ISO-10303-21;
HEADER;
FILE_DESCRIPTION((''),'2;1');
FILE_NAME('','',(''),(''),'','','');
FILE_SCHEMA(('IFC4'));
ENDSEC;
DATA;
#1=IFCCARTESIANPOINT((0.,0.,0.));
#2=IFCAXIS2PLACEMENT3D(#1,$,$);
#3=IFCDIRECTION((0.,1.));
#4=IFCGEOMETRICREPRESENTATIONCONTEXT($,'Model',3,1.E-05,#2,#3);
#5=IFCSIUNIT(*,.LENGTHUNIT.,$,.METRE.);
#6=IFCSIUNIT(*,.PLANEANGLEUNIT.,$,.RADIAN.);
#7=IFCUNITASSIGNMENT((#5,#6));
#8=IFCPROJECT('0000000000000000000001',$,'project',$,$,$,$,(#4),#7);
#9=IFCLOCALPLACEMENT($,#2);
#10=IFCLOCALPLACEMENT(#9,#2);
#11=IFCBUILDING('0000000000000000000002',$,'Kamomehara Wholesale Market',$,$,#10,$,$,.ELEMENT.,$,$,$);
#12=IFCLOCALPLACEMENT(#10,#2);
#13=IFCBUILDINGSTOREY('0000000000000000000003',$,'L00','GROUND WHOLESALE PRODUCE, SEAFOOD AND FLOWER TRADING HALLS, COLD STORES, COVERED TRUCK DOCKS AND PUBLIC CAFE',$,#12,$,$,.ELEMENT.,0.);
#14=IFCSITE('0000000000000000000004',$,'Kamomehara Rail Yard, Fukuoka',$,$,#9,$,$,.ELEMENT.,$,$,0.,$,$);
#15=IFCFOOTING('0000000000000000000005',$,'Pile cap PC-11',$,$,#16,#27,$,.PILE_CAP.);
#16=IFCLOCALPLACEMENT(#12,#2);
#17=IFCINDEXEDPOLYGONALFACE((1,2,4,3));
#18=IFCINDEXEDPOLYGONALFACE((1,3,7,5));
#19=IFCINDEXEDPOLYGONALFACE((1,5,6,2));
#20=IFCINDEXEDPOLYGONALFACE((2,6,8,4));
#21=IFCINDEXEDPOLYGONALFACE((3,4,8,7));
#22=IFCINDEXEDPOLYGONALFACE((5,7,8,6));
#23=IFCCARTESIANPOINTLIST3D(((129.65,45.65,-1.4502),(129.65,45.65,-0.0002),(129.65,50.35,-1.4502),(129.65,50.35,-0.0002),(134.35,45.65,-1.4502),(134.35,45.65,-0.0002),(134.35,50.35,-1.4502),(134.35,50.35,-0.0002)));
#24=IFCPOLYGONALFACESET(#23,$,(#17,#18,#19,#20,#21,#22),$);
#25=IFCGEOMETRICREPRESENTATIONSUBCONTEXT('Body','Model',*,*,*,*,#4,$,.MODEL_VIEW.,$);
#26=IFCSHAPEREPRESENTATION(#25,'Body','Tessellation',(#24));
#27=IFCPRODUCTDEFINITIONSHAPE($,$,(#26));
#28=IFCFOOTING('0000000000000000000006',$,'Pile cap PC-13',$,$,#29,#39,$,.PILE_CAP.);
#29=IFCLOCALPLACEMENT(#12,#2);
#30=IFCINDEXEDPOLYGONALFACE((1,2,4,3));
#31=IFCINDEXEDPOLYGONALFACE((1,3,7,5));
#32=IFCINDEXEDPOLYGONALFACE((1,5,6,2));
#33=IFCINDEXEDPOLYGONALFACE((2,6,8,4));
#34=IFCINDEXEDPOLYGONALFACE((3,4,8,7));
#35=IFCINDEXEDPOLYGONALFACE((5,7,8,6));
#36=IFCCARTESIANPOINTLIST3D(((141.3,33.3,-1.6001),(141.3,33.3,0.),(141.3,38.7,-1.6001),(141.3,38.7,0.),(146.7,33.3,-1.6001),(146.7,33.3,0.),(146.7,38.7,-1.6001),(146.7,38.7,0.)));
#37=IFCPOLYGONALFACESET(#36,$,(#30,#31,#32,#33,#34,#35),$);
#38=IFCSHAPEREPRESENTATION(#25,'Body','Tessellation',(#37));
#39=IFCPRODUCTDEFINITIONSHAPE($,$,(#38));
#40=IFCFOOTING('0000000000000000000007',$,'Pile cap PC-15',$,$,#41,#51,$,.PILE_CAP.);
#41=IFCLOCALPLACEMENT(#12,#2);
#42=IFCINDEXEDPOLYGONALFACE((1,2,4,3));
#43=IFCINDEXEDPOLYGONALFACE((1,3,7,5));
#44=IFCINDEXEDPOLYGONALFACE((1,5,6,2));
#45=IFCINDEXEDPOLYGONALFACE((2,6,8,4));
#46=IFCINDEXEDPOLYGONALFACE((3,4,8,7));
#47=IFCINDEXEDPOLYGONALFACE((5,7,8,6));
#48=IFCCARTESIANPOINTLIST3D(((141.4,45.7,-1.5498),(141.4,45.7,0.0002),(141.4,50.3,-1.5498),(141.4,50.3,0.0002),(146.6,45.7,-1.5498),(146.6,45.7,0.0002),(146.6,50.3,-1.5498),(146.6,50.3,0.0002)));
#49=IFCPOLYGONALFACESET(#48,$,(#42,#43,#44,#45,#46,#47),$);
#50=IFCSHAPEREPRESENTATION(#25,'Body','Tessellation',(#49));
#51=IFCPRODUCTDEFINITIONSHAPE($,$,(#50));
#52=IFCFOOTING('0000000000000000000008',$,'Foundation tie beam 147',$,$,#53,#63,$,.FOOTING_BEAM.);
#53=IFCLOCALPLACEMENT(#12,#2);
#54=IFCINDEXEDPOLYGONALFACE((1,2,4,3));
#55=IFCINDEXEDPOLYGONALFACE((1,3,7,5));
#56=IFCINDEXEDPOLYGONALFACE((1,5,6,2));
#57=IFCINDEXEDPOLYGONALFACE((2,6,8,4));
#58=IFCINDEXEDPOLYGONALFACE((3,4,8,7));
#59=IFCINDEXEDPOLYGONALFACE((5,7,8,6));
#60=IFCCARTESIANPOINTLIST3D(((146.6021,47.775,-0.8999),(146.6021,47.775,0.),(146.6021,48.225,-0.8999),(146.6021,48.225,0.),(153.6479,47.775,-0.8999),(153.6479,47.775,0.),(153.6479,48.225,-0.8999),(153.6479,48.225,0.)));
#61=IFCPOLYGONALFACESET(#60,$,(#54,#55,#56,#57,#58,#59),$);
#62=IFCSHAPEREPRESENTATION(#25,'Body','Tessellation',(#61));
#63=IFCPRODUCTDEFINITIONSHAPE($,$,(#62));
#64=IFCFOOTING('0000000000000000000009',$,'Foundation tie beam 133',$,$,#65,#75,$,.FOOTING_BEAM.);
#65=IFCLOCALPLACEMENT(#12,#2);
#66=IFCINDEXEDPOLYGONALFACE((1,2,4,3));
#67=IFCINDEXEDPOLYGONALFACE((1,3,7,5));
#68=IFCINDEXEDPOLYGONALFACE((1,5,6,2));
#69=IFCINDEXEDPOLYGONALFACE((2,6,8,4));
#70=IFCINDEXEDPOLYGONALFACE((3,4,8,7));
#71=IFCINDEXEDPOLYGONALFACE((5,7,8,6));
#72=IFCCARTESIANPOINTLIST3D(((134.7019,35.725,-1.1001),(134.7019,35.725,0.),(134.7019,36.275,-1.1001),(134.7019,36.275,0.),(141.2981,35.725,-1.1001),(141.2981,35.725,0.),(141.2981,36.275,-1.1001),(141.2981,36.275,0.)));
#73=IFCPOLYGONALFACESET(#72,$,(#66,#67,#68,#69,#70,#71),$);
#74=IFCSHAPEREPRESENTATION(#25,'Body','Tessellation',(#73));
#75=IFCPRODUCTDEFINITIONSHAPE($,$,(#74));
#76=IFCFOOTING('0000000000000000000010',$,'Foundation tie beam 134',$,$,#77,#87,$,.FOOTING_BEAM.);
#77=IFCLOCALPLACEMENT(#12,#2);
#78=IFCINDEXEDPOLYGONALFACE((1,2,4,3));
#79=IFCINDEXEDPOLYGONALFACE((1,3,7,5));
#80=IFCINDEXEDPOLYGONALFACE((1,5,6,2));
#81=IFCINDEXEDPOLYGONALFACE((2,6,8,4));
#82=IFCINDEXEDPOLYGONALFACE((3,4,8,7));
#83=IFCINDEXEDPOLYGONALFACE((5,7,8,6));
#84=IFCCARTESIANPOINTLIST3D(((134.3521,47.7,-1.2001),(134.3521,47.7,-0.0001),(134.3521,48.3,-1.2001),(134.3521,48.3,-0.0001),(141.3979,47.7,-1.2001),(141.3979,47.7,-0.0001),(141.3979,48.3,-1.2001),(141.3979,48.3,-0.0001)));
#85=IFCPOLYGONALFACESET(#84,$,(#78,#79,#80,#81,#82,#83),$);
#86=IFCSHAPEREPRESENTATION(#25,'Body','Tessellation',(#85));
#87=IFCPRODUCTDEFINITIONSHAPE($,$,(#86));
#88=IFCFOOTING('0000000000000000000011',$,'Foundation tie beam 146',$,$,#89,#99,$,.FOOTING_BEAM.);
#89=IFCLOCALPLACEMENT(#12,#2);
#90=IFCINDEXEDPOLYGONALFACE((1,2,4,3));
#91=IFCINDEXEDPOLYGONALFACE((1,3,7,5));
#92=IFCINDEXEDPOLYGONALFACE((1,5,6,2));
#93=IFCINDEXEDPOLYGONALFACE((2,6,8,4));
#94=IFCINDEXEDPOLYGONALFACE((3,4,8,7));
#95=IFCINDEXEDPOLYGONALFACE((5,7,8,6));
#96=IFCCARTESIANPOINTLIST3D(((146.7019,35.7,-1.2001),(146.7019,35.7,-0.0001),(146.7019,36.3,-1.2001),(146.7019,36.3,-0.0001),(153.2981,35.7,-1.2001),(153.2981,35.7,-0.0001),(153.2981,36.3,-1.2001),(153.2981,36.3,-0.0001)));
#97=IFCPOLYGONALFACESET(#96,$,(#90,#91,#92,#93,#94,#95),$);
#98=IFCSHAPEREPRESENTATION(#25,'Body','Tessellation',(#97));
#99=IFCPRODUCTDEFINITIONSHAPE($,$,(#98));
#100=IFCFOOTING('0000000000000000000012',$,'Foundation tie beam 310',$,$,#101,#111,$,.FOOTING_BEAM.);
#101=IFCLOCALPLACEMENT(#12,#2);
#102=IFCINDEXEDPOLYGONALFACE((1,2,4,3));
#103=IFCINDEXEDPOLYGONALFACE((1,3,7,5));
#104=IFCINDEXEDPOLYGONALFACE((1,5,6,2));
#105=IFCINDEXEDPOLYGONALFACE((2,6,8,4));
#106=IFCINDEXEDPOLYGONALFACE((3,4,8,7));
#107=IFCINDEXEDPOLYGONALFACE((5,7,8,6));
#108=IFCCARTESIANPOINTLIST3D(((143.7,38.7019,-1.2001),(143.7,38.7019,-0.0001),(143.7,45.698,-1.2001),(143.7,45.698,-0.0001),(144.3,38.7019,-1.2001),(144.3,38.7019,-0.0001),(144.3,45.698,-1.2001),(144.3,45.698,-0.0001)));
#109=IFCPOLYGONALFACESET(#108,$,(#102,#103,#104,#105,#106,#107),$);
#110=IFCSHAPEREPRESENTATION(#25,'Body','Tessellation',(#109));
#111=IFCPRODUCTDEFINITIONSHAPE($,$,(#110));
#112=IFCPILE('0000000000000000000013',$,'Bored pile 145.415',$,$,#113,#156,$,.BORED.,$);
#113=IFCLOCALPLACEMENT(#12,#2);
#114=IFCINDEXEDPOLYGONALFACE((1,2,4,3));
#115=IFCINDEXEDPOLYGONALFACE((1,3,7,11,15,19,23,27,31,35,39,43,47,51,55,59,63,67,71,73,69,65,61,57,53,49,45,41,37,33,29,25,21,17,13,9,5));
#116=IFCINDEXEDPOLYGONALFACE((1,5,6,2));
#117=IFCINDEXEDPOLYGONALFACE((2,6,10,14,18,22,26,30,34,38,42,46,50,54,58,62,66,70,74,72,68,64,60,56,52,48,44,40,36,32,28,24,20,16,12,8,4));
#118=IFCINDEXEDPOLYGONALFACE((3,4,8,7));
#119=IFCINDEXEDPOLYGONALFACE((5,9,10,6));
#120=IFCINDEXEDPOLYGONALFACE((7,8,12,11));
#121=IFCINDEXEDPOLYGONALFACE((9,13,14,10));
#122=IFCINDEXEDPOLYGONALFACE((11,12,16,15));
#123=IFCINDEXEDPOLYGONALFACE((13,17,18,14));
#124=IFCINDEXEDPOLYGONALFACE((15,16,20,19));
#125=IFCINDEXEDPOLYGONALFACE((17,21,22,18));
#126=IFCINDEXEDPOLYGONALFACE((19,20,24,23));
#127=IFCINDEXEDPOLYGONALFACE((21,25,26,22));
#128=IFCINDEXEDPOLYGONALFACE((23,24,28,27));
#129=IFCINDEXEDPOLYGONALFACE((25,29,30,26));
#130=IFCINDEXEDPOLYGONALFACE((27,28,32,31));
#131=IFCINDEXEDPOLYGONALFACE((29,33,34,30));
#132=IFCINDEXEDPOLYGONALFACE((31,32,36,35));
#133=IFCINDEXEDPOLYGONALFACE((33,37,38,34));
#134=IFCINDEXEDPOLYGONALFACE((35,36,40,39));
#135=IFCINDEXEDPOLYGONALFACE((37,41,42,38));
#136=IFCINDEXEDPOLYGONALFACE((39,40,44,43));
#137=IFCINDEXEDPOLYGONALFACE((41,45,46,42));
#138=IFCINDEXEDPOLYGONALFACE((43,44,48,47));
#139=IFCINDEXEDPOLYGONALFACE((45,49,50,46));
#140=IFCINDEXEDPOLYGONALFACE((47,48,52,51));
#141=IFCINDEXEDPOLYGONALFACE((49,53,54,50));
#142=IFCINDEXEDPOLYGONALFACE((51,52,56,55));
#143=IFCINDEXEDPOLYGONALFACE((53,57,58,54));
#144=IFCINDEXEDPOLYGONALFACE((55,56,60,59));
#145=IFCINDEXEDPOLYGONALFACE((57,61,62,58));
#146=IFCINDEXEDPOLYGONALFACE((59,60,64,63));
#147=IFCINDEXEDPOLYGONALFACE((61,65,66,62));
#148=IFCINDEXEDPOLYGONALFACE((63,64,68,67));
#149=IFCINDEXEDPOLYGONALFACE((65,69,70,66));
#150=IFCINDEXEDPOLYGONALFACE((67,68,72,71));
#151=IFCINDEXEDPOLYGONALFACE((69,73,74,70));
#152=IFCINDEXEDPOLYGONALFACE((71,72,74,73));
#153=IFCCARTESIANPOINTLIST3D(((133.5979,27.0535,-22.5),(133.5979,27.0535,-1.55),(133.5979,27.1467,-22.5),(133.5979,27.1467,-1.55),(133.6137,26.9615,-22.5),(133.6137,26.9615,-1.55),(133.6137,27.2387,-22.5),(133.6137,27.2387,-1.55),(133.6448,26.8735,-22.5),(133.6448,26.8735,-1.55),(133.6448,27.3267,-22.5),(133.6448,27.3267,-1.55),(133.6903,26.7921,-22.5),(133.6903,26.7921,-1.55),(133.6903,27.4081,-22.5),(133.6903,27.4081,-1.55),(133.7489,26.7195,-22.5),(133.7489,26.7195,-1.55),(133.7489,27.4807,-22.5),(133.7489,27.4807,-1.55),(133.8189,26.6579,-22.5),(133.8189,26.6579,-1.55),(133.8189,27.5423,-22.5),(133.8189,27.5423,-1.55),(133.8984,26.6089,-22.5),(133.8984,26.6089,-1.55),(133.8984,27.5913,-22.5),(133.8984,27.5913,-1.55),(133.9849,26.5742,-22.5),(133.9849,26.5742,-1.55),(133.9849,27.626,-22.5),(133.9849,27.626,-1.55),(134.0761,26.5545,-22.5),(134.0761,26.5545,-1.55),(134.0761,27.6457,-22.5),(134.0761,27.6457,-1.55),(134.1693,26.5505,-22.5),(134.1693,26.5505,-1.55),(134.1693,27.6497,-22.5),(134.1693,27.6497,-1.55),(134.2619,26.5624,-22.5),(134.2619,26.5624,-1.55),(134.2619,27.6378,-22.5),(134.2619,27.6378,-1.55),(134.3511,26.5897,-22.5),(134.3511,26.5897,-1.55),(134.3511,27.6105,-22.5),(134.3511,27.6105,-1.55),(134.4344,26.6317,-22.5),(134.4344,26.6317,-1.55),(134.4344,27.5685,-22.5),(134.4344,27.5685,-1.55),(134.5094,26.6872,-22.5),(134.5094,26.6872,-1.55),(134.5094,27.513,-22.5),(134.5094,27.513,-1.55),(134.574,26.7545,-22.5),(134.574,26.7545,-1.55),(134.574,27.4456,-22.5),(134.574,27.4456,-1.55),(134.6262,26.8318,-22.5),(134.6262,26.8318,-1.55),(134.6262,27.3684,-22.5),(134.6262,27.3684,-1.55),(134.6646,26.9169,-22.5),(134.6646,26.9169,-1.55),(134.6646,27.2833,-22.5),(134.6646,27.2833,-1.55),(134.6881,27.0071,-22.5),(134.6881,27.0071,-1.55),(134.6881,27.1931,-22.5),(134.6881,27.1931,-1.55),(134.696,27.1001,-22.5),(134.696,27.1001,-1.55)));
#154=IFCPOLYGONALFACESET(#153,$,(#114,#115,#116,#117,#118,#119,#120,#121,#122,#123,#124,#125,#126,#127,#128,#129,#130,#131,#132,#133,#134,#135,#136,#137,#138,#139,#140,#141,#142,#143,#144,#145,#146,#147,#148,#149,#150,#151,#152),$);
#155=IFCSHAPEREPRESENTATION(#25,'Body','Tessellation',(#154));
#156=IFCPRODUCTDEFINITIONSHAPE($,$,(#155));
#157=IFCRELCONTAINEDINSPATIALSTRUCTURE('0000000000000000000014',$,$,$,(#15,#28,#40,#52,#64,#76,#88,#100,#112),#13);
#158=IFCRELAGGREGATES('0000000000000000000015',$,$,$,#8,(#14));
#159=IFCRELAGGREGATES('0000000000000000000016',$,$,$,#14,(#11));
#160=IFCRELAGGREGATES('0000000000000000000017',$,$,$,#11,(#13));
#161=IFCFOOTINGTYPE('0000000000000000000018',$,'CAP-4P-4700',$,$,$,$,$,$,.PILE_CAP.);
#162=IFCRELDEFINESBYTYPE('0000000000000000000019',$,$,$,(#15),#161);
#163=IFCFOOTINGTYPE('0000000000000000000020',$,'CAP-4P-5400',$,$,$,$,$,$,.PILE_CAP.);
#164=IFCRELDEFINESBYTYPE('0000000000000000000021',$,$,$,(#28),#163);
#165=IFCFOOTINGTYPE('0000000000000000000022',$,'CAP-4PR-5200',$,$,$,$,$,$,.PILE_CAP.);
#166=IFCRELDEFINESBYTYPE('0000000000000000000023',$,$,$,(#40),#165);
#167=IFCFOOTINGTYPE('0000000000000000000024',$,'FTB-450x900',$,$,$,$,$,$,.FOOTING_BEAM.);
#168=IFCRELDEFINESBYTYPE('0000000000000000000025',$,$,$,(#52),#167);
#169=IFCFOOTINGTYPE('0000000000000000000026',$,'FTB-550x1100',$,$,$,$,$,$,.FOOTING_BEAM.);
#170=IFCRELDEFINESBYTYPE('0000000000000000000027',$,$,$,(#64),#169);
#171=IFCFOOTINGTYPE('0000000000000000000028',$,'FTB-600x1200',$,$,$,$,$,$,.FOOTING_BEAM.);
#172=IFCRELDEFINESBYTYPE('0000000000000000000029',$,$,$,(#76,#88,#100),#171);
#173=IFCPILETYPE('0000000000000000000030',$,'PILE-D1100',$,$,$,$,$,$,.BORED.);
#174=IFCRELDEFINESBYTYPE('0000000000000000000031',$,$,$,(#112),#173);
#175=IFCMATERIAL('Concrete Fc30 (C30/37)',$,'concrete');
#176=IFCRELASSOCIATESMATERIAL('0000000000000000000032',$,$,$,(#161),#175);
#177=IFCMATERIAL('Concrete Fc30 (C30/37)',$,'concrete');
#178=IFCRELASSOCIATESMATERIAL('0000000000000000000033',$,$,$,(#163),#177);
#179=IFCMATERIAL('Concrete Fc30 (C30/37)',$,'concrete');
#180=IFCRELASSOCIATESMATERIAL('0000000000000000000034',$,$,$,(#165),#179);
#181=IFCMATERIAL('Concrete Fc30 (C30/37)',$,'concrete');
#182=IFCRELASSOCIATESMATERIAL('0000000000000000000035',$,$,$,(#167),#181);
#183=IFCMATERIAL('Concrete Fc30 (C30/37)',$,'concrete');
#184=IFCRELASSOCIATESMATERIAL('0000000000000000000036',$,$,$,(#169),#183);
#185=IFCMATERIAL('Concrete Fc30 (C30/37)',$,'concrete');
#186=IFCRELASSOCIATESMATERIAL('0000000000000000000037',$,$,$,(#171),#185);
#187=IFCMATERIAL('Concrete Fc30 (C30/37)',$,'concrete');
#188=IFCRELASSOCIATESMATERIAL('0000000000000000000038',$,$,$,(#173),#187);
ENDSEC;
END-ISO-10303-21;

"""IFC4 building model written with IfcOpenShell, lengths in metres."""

from ifc_helpers import new_model, si_unit, direction, frame, origin, origin_2d, place, context, subcontext, project, spatial, rectangle, circle, extrude, material, material_profile, profile_set, type_object, element, save


model = new_model("IFC4")

# Units and contexts
model_context = context("Model", 3, precision=1e-05, world=origin(), true_north=direction((0.0, 1.0)))
body_context = subcontext(model_context, "Body", "Model", "MODEL_VIEW")
ifc_project = project(units=[si_unit("LENGTHUNIT", "METRE"), si_unit("PLANEANGLEUNIT", "RADIAN")], contexts=[model_context])

# Site, building, storey
site_placement = place(None, origin())
site = spatial("IfcSite", under=ifc_project, at=site_placement, Name="Kamomehara Rail Yard, Fukuoka", CompositionType="ELEMENT", RefElevation=0.0)
building_placement = place(site_placement, origin())
building = spatial("IfcBuilding", under=site, at=building_placement, Name="Kamomehara Wholesale Market", CompositionType="ELEMENT")
storey_placement = place(building_placement, origin())
storey = spatial("IfcBuildingStorey", under=building, at=storey_placement, Name="L00", Description="GROUND WHOLESALE PRODUCE, SEAFOOD AND FLOWER TRADING HALLS, COLD STORES, COVERED TRUCK DOCKS AND PUBLIC CAFE", CompositionType="ELEMENT", Elevation=0.0)

# Footings
ifc_material_1 = material(Name="Concrete Fc30 (C30/37)", Category="concrete")
footing_type_1 = type_object("IfcFootingType", Name="CAP-4P-4700", PredefinedType="PILE_CAP", material=ifc_material_1)
footing_1_placement = place(storey_placement, frame((132.0, 48.0, -1.4502), z_axis=(0.0, 0.0, 1.0), x_axis=(1.0, 0.0, 0.0)))
element("IfcFooting", 1, at=footing_1_placement, inside=storey, type_object=footing_type_1, Name="Pile cap PC-11", PredefinedType="PILE_CAP", context=body_context, shape_type="SweptSolid", body=[
    extrude(rectangle(XDim=4.7, YDim=4.7, at=origin_2d()), origin(), (0.0, 0.0, 1.0), 1.45),
])
ifc_material_2 = material(Name="Concrete Fc30 (C30/37)", Category="concrete")
footing_type_2 = type_object("IfcFootingType", Name="CAP-4P-5400", PredefinedType="PILE_CAP", material=ifc_material_2)
footing_2_placement = place(storey_placement, frame((144.0, 36.0, -1.6001), z_axis=(0.0, 0.0, 1.0), x_axis=(1.0, 0.0, 0.0)))
element("IfcFooting", 2, at=footing_2_placement, inside=storey, type_object=footing_type_2, Name="Pile cap PC-13", PredefinedType="PILE_CAP", context=body_context, shape_type="SweptSolid", body=[
    extrude(rectangle(XDim=5.3999, YDim=5.3999, at=origin_2d()), origin(), (0.0, 0.0, 1.0), 1.6001),
])
ifc_material_3 = material(Name="Concrete Fc30 (C30/37)", Category="concrete")
footing_type_3 = type_object("IfcFootingType", Name="CAP-4PR-5200", PredefinedType="PILE_CAP", material=ifc_material_3)
footing_3_placement = place(storey_placement, frame((144.0, 48.0, -1.5498), z_axis=(0.0, 0.0, 1.0), x_axis=(1.0, 0.0, 0.0)))
element("IfcFooting", 3, at=footing_3_placement, inside=storey, type_object=footing_type_3, Name="Pile cap PC-15", PredefinedType="PILE_CAP", context=body_context, shape_type="SweptSolid", body=[
    extrude(rectangle(XDim=5.2, YDim=4.6001, at=origin_2d()), origin(), (0.0, 0.0, 1.0), 1.55),
])
ifc_material_4 = material(Name="Concrete Fc30 (C30/37)", Category="concrete")
ifc_material_profile_1 = material_profile(ifc_material_4, rectangle(XDim=0.45, YDim=0.8999, at=origin_2d()), Name="RC-FTB-450x900")
ifc_profile_set_1 = profile_set([ifc_material_profile_1], Name="Concrete Fc30 (C30/37)")
footing_type_4 = type_object("IfcFootingType", Name="FTB-450x900", PredefinedType="FOOTING_BEAM", material=ifc_profile_set_1)
footing_4_placement = place(storey_placement, frame((146.6021, 48.0, -0.45), z_axis=(1.0, 0.0, 0.0), x_axis=(0.0, 1.0, 0.0)))
element("IfcFooting", 4, at=footing_4_placement, inside=storey, type_object=footing_type_4, Name="Foundation tie beam 147", PredefinedType="FOOTING_BEAM", context=body_context, shape_type="SweptSolid", body=[
    extrude(rectangle(XDim=0.45, YDim=0.8999, at=origin_2d()), origin(), (0.0, 0.0, 1.0), 7.0459),
])
ifc_material_5 = material(Name="Concrete Fc30 (C30/37)", Category="concrete")
ifc_material_profile_2 = material_profile(ifc_material_5, rectangle(XDim=0.55, YDim=1.1001, at=origin_2d()), Name="RC-FTB-550x1100")
ifc_profile_set_2 = profile_set([ifc_material_profile_2], Name="Concrete Fc30 (C30/37)")
footing_type_5 = type_object("IfcFootingType", Name="FTB-550x1100", PredefinedType="FOOTING_BEAM", material=ifc_profile_set_2)
footing_5_placement = place(storey_placement, frame((134.7019, 36.0, -0.55), z_axis=(1.0, 0.0, 0.0), x_axis=(0.0, 1.0, 0.0)))
element("IfcFooting", 5, at=footing_5_placement, inside=storey, type_object=footing_type_5, Name="Foundation tie beam 133", PredefinedType="FOOTING_BEAM", context=body_context, shape_type="SweptSolid", body=[
    extrude(rectangle(XDim=0.55, YDim=1.1001, at=origin_2d()), origin(), (0.0, 0.0, 1.0), 6.5962),
])
ifc_material_6 = material(Name="Concrete Fc30 (C30/37)", Category="concrete")
ifc_material_profile_3 = material_profile(ifc_material_6, rectangle(XDim=0.6001, YDim=1.2, at=origin_2d()), Name="RC-FTB-600x1200")
ifc_profile_set_3 = profile_set([ifc_material_profile_3], Name="Concrete Fc30 (C30/37)")
footing_type_6 = type_object("IfcFootingType", Name="FTB-600x1200", PredefinedType="FOOTING_BEAM", material=ifc_profile_set_3)
footing_6_placement = place(storey_placement, frame((134.3521, 48.0, -0.6001), z_axis=(1.0, 0.0, 0.0), x_axis=(0.0, 1.0, 0.0)))
element("IfcFooting", 6, at=footing_6_placement, inside=storey, type_object=footing_type_6, Name="Foundation tie beam 134", PredefinedType="FOOTING_BEAM", context=body_context, shape_type="SweptSolid", body=[
    extrude(rectangle(XDim=0.6001, YDim=1.2, at=origin_2d()), origin(), (0.0, 0.0, 1.0), 7.0459),
])
footing_7_placement = place(storey_placement, frame((146.7019, 36.0, -0.6001), z_axis=(1.0, 0.0, 0.0), x_axis=(0.0, 1.0, 0.0)))
element("IfcFooting", 7, at=footing_7_placement, inside=storey, type_object=footing_type_6, Name="Foundation tie beam 146", PredefinedType="FOOTING_BEAM", context=body_context, shape_type="SweptSolid", body=[
    extrude(rectangle(XDim=0.6001, YDim=1.2, at=origin_2d()), origin(), (0.0, 0.0, 1.0), 6.5962),
])
footing_8_placement = place(storey_placement, frame((144.0, 38.7019, -0.6001), z_axis=(0.0, 1.0, 0.0), x_axis=(-1.0, 0.0, 0.0)))
element("IfcFooting", 8, at=footing_8_placement, inside=storey, type_object=footing_type_6, Name="Foundation tie beam 310", PredefinedType="FOOTING_BEAM", context=body_context, shape_type="SweptSolid", body=[
    extrude(rectangle(XDim=0.6001, YDim=1.2, at=origin_2d()), origin(), (0.0, 0.0, 1.0), 6.9961),
])

# Pile
ifc_material_7 = material(Name="Concrete Fc30 (C30/37)", Category="concrete")
ifc_material_profile_4 = material_profile(ifc_material_7, circle(Radius=0.55, at=origin_2d()), Name="RC-PILE-D1100")
ifc_profile_set_4 = profile_set([ifc_material_profile_4], Name="Concrete Fc30 (C30/37)")
pile_type_1 = type_object("IfcPileType", Name="PILE-D1100", PredefinedType="BORED", material=ifc_profile_set_4)
pile_placement = place(storey_placement, frame((134.146, 27.1001, -1.55), z_axis=(0.0, 0.0, -1.0), x_axis=(1.0, 0.0, 0.0)))
element("IfcPile", 9, at=pile_placement, inside=storey, type_object=pile_type_1, Name="Bored pile 145.415", PredefinedType="BORED", context=body_context, shape_type="SweptSolid", body=[
    extrude(circle(Radius=0.55, at=origin_2d()), origin(), (0.0, 0.0, 1.0), 20.95),
])

save(model, "model.ifc")
